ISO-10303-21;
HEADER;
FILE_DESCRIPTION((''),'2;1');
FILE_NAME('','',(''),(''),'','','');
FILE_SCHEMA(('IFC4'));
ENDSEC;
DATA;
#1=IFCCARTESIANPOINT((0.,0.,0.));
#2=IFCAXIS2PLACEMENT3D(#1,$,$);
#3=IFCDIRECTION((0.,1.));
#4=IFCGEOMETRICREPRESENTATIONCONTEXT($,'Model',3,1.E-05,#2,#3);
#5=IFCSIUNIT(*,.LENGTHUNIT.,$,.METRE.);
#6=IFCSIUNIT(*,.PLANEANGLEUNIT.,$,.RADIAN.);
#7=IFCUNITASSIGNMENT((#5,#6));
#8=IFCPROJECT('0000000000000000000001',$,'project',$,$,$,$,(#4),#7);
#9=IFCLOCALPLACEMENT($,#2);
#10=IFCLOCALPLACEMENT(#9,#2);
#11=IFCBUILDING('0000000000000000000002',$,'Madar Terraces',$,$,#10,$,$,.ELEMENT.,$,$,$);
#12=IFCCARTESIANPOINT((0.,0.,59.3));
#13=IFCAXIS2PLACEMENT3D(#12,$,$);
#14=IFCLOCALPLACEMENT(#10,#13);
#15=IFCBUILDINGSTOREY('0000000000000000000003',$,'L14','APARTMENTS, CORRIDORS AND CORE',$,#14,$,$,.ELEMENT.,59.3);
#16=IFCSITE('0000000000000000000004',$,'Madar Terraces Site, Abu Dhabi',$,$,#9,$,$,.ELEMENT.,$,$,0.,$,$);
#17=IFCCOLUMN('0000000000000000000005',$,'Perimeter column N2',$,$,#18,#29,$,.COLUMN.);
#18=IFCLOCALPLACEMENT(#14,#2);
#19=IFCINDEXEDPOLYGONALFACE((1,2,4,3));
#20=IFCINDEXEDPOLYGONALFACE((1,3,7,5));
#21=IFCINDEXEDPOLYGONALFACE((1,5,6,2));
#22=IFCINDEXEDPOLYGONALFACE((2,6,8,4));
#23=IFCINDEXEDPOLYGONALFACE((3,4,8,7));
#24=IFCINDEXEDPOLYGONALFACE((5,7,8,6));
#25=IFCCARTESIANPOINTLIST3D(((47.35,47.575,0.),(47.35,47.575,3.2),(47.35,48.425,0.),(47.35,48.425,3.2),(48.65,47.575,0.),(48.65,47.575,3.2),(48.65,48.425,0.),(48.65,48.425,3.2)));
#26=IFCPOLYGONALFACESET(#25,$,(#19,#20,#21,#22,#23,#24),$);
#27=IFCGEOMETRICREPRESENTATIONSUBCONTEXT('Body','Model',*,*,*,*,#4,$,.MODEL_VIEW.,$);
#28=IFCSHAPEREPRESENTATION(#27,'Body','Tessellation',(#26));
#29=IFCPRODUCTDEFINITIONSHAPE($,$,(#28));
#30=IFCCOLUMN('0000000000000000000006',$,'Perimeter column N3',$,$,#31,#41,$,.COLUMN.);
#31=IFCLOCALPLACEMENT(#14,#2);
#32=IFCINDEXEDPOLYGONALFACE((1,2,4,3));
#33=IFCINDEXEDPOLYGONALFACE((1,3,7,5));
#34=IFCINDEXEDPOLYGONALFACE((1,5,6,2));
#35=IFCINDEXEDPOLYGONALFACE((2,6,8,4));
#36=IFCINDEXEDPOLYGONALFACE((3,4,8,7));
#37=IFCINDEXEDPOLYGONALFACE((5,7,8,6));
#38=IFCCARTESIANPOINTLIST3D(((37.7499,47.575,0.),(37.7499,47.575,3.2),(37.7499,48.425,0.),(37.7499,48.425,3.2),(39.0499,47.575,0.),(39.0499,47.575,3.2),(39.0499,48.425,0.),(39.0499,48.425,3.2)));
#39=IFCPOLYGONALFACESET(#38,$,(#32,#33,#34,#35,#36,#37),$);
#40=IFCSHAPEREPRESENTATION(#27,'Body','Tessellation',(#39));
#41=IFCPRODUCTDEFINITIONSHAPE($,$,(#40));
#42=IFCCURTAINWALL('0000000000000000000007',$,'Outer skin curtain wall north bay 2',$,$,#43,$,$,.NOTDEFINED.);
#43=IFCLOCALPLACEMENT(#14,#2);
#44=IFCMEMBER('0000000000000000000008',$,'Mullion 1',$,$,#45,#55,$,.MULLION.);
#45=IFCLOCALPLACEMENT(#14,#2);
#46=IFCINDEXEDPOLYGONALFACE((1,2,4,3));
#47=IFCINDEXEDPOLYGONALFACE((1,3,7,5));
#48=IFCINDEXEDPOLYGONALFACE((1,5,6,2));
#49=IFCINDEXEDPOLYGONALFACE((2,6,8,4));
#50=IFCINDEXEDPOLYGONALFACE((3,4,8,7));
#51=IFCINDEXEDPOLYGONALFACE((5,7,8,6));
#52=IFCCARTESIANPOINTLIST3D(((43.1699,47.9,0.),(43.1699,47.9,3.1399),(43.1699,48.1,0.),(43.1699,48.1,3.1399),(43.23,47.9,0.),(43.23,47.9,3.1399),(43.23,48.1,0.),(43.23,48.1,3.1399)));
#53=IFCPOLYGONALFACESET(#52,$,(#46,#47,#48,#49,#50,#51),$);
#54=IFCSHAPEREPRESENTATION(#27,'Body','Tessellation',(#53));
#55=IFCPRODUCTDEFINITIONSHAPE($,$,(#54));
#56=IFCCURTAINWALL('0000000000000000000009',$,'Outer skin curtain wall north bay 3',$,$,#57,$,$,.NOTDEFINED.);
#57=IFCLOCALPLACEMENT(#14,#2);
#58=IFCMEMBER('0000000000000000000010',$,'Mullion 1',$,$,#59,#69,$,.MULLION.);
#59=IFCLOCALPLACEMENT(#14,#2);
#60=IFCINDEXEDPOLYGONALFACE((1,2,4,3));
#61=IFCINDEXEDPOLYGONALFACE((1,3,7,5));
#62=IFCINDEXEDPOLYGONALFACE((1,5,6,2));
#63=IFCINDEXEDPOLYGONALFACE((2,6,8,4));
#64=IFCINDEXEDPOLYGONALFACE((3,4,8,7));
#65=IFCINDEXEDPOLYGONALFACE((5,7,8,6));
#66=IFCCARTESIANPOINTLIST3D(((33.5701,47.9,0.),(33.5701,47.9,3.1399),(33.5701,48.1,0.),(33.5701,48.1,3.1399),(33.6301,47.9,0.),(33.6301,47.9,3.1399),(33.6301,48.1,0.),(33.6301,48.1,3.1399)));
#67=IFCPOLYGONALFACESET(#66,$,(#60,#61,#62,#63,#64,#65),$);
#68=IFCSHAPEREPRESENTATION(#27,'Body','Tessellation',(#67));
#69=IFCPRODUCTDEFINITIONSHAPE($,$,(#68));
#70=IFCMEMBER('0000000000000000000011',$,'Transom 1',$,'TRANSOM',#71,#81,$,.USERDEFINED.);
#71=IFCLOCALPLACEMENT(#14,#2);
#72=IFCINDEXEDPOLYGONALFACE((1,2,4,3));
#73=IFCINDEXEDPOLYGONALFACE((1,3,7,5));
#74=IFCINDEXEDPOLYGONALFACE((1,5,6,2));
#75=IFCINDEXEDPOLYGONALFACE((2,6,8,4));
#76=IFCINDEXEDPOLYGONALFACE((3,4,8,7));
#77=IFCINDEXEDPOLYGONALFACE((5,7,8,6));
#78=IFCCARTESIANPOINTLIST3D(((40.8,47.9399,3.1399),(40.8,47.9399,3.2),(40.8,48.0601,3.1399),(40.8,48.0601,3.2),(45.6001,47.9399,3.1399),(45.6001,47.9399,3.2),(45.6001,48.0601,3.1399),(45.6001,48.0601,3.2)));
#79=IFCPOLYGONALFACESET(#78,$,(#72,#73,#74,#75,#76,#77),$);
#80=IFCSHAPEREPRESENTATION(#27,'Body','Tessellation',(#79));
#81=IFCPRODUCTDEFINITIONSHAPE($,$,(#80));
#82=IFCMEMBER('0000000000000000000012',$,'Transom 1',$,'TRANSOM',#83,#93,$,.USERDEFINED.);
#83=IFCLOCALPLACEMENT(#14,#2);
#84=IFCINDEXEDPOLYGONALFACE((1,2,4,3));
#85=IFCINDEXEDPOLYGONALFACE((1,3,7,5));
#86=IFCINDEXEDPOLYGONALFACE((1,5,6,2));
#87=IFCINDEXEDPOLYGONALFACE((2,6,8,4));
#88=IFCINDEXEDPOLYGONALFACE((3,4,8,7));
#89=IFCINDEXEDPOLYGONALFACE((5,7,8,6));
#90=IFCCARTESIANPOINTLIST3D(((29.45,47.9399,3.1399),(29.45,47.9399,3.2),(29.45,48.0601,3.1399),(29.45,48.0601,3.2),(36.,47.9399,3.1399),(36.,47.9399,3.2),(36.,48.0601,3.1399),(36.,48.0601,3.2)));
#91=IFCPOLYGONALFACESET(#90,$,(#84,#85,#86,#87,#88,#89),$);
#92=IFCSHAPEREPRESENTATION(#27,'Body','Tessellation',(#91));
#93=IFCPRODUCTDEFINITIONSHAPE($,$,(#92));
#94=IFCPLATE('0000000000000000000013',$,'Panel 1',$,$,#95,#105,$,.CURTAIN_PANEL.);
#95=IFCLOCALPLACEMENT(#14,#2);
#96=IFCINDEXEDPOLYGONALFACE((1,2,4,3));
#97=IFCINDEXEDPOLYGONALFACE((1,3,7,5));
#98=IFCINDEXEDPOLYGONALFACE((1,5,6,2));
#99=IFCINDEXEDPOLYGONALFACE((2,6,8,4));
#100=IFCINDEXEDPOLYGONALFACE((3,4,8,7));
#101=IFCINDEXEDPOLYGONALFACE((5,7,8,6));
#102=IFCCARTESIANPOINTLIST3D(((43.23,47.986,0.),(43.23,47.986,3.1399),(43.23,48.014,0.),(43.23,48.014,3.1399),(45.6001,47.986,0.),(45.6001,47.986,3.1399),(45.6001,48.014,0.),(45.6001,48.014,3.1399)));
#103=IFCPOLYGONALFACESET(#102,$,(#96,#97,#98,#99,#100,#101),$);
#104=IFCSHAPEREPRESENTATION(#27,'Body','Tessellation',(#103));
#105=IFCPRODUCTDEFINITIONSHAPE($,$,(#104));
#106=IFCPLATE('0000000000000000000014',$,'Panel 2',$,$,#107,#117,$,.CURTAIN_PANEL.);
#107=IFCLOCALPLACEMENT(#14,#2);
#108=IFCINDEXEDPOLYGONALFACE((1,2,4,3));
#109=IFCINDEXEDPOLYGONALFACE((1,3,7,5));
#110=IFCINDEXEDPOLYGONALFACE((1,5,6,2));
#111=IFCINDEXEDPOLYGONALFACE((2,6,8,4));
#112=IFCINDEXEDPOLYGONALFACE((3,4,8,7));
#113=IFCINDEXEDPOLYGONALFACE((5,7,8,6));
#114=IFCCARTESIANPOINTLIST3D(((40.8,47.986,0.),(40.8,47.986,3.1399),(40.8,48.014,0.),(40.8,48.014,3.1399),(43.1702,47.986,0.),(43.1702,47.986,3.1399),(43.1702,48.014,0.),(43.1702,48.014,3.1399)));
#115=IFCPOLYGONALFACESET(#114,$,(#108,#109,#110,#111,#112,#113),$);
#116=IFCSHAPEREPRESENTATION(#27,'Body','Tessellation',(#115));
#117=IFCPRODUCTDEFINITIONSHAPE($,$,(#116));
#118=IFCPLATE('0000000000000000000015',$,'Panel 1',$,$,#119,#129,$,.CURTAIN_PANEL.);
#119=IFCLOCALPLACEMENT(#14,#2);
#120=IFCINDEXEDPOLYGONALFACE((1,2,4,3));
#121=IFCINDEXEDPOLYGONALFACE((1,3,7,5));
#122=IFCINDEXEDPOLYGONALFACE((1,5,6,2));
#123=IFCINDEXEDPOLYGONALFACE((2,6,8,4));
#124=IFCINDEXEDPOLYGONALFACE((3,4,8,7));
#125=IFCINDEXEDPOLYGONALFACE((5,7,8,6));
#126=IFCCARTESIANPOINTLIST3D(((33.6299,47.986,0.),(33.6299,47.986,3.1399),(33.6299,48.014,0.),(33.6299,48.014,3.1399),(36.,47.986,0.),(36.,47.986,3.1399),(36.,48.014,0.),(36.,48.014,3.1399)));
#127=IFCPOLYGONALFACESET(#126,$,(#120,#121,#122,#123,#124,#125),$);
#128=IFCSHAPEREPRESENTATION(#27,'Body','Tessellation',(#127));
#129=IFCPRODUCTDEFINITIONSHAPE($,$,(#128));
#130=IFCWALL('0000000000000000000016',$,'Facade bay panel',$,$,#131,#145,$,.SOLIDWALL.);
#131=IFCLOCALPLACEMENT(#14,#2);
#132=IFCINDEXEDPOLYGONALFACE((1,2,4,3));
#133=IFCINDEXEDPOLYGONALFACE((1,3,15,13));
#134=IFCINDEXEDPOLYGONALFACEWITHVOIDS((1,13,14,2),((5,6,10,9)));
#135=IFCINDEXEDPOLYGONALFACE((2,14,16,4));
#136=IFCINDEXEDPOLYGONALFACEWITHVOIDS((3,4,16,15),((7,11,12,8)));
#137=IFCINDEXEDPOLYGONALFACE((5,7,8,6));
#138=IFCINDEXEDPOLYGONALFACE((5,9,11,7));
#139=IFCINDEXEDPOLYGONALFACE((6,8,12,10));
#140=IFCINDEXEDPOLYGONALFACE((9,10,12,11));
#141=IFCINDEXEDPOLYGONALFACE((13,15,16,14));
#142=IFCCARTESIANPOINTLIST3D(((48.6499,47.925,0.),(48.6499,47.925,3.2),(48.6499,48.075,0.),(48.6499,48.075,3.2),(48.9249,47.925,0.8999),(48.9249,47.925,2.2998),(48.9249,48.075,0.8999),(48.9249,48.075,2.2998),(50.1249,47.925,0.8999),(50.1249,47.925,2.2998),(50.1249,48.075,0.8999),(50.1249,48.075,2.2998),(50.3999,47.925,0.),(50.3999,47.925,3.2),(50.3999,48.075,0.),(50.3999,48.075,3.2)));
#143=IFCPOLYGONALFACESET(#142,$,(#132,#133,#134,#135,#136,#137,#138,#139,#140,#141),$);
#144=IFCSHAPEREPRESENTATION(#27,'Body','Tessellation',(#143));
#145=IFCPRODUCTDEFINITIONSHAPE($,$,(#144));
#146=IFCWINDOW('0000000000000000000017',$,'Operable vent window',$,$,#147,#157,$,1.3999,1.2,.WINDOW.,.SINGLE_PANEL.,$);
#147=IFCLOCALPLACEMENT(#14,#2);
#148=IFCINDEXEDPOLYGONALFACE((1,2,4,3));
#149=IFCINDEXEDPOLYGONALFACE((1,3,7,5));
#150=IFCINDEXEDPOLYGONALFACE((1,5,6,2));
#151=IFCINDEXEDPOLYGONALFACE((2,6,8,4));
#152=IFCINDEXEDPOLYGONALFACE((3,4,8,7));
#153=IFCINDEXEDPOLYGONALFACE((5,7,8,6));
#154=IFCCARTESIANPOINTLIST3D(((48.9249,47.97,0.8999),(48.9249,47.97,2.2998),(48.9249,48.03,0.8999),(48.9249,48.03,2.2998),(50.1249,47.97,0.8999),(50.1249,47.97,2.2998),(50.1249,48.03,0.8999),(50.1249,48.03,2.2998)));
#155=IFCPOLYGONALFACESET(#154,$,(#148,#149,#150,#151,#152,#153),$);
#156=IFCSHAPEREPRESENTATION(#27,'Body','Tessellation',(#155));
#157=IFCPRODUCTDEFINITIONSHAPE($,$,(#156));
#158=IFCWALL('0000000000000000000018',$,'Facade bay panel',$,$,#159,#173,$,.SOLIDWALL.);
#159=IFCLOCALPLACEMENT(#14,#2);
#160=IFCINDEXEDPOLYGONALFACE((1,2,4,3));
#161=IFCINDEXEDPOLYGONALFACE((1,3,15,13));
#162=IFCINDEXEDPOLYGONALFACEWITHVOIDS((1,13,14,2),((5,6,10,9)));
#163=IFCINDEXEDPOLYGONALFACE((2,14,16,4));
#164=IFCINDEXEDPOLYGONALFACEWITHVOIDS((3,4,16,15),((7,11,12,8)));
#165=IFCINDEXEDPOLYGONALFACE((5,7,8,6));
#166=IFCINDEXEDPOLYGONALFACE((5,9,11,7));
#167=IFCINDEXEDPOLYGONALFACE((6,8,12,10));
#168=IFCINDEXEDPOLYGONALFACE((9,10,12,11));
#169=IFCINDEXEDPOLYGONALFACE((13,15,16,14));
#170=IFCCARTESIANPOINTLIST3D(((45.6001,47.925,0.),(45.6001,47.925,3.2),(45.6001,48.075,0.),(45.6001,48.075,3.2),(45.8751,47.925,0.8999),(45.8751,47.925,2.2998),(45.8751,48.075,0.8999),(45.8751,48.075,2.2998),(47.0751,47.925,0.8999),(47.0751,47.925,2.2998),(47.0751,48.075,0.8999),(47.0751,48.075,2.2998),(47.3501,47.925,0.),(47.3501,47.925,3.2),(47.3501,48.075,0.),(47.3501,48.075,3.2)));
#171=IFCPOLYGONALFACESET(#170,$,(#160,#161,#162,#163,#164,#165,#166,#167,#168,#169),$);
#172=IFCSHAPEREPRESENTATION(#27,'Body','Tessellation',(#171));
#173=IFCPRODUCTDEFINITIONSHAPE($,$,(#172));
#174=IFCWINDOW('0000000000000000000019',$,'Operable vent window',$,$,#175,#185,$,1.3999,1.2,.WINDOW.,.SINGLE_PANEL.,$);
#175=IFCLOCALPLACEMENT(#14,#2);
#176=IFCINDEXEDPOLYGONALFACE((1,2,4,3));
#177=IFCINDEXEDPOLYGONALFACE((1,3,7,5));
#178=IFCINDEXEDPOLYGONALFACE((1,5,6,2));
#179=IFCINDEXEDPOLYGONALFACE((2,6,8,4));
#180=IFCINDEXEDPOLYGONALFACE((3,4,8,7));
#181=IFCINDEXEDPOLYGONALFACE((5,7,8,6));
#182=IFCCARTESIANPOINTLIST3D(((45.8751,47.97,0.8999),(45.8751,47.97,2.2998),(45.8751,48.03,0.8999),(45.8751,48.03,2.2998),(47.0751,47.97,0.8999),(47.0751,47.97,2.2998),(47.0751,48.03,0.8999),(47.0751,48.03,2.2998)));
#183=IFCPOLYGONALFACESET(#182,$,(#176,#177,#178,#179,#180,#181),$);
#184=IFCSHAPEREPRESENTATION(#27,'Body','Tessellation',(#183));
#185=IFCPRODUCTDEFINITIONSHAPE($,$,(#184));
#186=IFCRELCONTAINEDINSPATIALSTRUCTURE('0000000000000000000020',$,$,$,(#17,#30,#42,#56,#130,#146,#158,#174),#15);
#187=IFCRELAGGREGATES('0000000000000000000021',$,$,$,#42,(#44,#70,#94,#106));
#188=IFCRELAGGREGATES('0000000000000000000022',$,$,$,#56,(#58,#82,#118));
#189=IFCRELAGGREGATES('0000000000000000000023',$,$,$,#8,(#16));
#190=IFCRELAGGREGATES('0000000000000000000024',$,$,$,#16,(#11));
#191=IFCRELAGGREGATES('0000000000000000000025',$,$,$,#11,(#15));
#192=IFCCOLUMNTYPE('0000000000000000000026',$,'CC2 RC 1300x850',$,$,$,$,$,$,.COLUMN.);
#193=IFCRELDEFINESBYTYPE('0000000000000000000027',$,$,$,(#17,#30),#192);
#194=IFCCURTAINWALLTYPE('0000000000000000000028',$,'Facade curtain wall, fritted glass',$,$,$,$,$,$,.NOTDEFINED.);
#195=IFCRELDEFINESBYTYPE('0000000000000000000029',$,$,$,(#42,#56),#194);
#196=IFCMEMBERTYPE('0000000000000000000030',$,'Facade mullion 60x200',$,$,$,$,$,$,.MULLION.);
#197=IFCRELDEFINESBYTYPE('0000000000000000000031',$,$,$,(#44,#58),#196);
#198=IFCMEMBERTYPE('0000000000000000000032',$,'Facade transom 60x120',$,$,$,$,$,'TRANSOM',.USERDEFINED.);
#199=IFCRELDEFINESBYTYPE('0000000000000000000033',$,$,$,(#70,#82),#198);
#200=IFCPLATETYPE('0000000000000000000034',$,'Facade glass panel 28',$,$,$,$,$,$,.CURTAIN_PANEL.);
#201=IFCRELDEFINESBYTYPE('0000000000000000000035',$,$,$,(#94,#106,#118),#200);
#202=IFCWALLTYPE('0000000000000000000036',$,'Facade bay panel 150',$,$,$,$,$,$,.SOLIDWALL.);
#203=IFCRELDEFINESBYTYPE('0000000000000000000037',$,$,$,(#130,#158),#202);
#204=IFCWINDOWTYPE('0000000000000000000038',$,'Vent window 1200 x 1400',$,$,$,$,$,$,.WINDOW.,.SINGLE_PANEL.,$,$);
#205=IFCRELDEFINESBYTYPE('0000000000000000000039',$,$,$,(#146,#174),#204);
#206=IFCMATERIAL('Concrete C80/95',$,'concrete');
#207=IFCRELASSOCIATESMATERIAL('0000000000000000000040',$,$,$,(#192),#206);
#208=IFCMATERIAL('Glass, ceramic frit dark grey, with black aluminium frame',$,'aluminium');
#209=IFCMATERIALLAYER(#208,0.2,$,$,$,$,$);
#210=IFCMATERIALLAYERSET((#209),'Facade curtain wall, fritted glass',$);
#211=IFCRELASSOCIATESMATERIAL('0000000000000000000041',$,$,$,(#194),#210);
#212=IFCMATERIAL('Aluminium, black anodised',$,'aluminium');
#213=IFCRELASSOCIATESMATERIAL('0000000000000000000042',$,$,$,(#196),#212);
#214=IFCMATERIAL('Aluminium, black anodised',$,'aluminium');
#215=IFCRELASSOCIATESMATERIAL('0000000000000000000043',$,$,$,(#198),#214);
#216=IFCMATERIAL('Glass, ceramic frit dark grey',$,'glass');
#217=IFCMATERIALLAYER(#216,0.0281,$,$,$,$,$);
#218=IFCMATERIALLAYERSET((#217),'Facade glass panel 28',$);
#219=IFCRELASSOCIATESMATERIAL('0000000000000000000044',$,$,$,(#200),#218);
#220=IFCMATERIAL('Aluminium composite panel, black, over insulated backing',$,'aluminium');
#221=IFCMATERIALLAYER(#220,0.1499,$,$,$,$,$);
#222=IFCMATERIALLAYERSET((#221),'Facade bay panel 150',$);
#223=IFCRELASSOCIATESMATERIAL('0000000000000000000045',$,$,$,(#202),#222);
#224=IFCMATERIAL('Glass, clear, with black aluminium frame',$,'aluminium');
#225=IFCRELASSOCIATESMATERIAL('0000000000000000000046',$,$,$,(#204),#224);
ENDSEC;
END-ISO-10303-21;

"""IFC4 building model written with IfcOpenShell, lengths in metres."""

from ifc_helpers import new_model, si_unit, direction, frame, frame_2d, origin, origin_2d, place, context, subcontext, project, spatial, rectangle, extrude, material, layer, layer_set, material_profile, profile_set, type_object, element, fill, aggregate, save


model = new_model("IFC4")

# Units and contexts
model_context = context("Model", 3, precision=1e-05, world=origin(), true_north=direction((0.0, 1.0)))
body_context = subcontext(model_context, "Body", "Model", "MODEL_VIEW")
ifc_project = project(units=[si_unit("LENGTHUNIT", "METRE"), si_unit("PLANEANGLEUNIT", "RADIAN")], contexts=[model_context])

# Site, building, storey
site_placement = place(None, origin())
site = spatial("IfcSite", under=ifc_project, at=site_placement, Name="Madar Terraces Site, Abu Dhabi", CompositionType="ELEMENT", RefElevation=0.0)
building_placement = place(site_placement, origin())
building = spatial("IfcBuilding", under=site, at=building_placement, Name="Madar Terraces", CompositionType="ELEMENT")
storey_placement = place(building_placement, frame((0.0, 0.0, 59.3)))
storey = spatial("IfcBuildingStorey", under=building, at=storey_placement, Name="L14", Description="APARTMENTS, CORRIDORS AND CORE", CompositionType="ELEMENT", Elevation=59.3)

# Columns
ifc_material_1 = material(Name="Concrete C80/95", Category="concrete")
ifc_material_profile_1 = material_profile(ifc_material_1, rectangle(XDim=1.3, YDim=0.8501, at=origin_2d()), Name="CC2 RC 1300x850")
ifc_profile_set_1 = profile_set([ifc_material_profile_1], Name="Concrete C80/95")
column_type = type_object("IfcColumnType", Name="CC2 RC 1300x850", PredefinedType="COLUMN", material=ifc_profile_set_1)
for number, where, z_axis, x_axis, name in (
    (1, (48.0, 48.0, 0.0), (0.0, 0.0, 1.0), (1.0, 0.0, 0.0), "Perimeter column N2"),
    (2, (38.3999, 48.0, 0.0), (0.0, 0.0, 1.0), (1.0, 0.0, 0.0), "Perimeter column N3"),
):
    element("IfcColumn", number, at=place(storey_placement, frame(where, z_axis=z_axis, x_axis=x_axis)), inside=storey, type_object=column_type, Name=name, PredefinedType="COLUMN", context=body_context, shape_type="SweptSolid", body=[
        extrude(rectangle(XDim=1.3, YDim=0.8501, at=origin_2d()), origin(), (0.0, 0.0, 1.0), 3.2),
    ])

# Curtain walls, members
ifc_material_2 = material(Name="Glass, ceramic frit dark grey, with black aluminium frame", Category="aluminium")
ifc_layer_1 = layer(ifc_material_2, 0.2)
ifc_layer_set_1 = layer_set([ifc_layer_1], Name="Facade curtain wall, fritted glass")
curtain_wall_type = type_object("IfcCurtainWallType", Name="Facade curtain wall, fritted glass", PredefinedType="NOTDEFINED", material=ifc_layer_set_1)
curtain_wall_1_placement = place(storey_placement, origin())
curtain_wall_1 = element("IfcCurtainWall", 3, at=curtain_wall_1_placement, inside=storey, type_object=curtain_wall_type, Name="Outer skin curtain wall north bay 2", PredefinedType="NOTDEFINED")
ifc_material_3 = material(Name="Aluminium, black anodised", Category="aluminium")
ifc_material_profile_2 = material_profile(ifc_material_3, rectangle(XDim=0.2, YDim=0.0601, at=origin_2d()), Name="Facade mullion 60x200")
ifc_profile_set_2 = profile_set([ifc_material_profile_2], Name="Aluminium, black anodised")
member_type_1 = type_object("IfcMemberType", Name="Facade mullion 60x200", PredefinedType="MULLION", material=ifc_profile_set_2)
member_1_placement = place(storey_placement, frame((43.2, 48.0, 0.0), z_axis=(0.0, 0.0, 1.0), x_axis=(0.0, -1.0, 0.0)))
member_1 = element("IfcMember", 4, at=member_1_placement, type_object=member_type_1, Name="Mullion 1", PredefinedType="MULLION", context=body_context, shape_type="SweptSolid", body=[
    extrude(rectangle(XDim=0.2, YDim=0.0601, at=origin_2d()), origin(), (0.0, 0.0, 1.0), 3.1399),
])
curtain_wall_2_placement = place(storey_placement, origin())
curtain_wall_2 = element("IfcCurtainWall", 5, at=curtain_wall_2_placement, inside=storey, type_object=curtain_wall_type, Name="Outer skin curtain wall north bay 3", PredefinedType="NOTDEFINED")
member_2_placement = place(storey_placement, frame((33.6001, 48.0, 0.0), z_axis=(0.0, 0.0, 1.0), x_axis=(0.0, -1.0, 0.0)))
member_2 = element("IfcMember", 6, at=member_2_placement, type_object=member_type_1, Name="Mullion 1", PredefinedType="MULLION", context=body_context, shape_type="SweptSolid", body=[
    extrude(rectangle(XDim=0.2, YDim=0.0601, at=origin_2d()), origin(), (0.0, 0.0, 1.0), 3.1399),
])

# Members
ifc_material_4 = material(Name="Aluminium, black anodised", Category="aluminium")
ifc_material_profile_3 = material_profile(ifc_material_4, rectangle(XDim=0.1201, YDim=0.0601, at=origin_2d()), Name="Facade transom 60x120")
ifc_profile_set_3 = profile_set([ifc_material_profile_3], Name="Aluminium, black anodised")
member_type_2 = type_object("IfcMemberType", Name="Facade transom 60x120", ElementType="TRANSOM", PredefinedType="USERDEFINED", material=ifc_profile_set_3)
member_3_placement = place(storey_placement, frame((45.6001, 48.0, 3.1699), z_axis=(-1.0, 0.0, 0.0), x_axis=(0.0, -1.0, 0.0)))
member_3 = element("IfcMember", 7, at=member_3_placement, type_object=member_type_2, Name="Transom 1", ObjectType="TRANSOM", PredefinedType="USERDEFINED", context=body_context, shape_type="SweptSolid", body=[
    extrude(rectangle(XDim=0.1201, YDim=0.0601, at=origin_2d()), origin(), (0.0, 0.0, 1.0), 4.8),
])
member_4_placement = place(storey_placement, frame((36.0, 48.0, 3.1699), z_axis=(-1.0, 0.0, 0.0), x_axis=(0.0, -1.0, 0.0)))
member_4 = element("IfcMember", 8, at=member_4_placement, type_object=member_type_2, Name="Transom 1", ObjectType="TRANSOM", PredefinedType="USERDEFINED", context=body_context, shape_type="SweptSolid", body=[
    extrude(rectangle(XDim=0.1201, YDim=0.0601, at=origin_2d()), origin(), (0.0, 0.0, 1.0), 6.55),
])

# Plates
ifc_material_5 = material(Name="Glass, ceramic frit dark grey", Category="glass")
ifc_layer_2 = layer(ifc_material_5, 0.0281)
ifc_layer_set_2 = layer_set([ifc_layer_2], Name="Facade glass panel 28")
plate_type = type_object("IfcPlateType", Name="Facade glass panel 28", PredefinedType="CURTAIN_PANEL", material=ifc_layer_set_2)
plate_1_placement = place(storey_placement, frame((44.415, 48.0, 0.0), z_axis=(0.0, 0.0, 1.0), x_axis=(-1.0, 0.0, 0.0)))
plate_1 = element("IfcPlate", 9, at=plate_1_placement, type_object=plate_type, Name="Panel 1", PredefinedType="CURTAIN_PANEL", context=body_context, shape_type="SweptSolid", body=[
    extrude(rectangle(XDim=2.3701, YDim=0.0281, at=origin_2d()), origin(), (0.0, 0.0, 1.0), 3.1399),
])
plate_2_placement = place(storey_placement, frame((41.9851, 48.0, 0.0), z_axis=(0.0, 0.0, 1.0), x_axis=(-1.0, 0.0, 0.0)))
plate_2 = element("IfcPlate", 10, at=plate_2_placement, type_object=plate_type, Name="Panel 2", PredefinedType="CURTAIN_PANEL", context=body_context, shape_type="SweptSolid", body=[
    extrude(rectangle(XDim=2.3701, YDim=0.0281, at=origin_2d()), origin(), (0.0, 0.0, 1.0), 3.1399),
])
aggregate(curtain_wall_1, [member_1, member_3, plate_1, plate_2])
plate_3_placement = place(storey_placement, frame((34.8149, 48.0, 0.0), z_axis=(0.0, 0.0, 1.0), x_axis=(-1.0, 0.0, 0.0)))
plate_3 = element("IfcPlate", 11, at=plate_3_placement, type_object=plate_type, Name="Panel 1", PredefinedType="CURTAIN_PANEL", context=body_context, shape_type="SweptSolid", body=[
    extrude(rectangle(XDim=2.3701, YDim=0.0281, at=origin_2d()), origin(), (0.0, 0.0, 1.0), 3.1399),
])
aggregate(curtain_wall_2, [member_2, member_4, plate_3])

# Walls, openings, windows
ifc_material_6 = material(Name="Aluminium composite panel, black, over insulated backing", Category="aluminium")
ifc_layer_3 = layer(ifc_material_6, 0.1499)
ifc_layer_set_3 = layer_set([ifc_layer_3], Name="Facade bay panel 150")
wall_type_1 = type_object("IfcWallType", Name="Facade bay panel 150", PredefinedType="SOLIDWALL", material=ifc_layer_set_3)
wall_1_placement = place(storey_placement, frame((50.3999, 48.0, 0.0), z_axis=(0.0, 0.0, 1.0), x_axis=(-1.0, 0.0, 0.0)))
wall_1 = element("IfcWall", 12, at=wall_1_placement, inside=storey, type_object=wall_type_1, Name="Facade bay panel", PredefinedType="SOLIDWALL", context=body_context, shape_type="SweptSolid", body=[
    extrude(rectangle(XDim=1.75, YDim=0.1499, at=frame_2d((0.875, 0.0))), origin(), (0.0, 0.0, 1.0), 3.2),
])
opening_1_placement = place(wall_1_placement, frame((0.2749, 0.0, 0.8999)))
opening_1 = element("IfcOpeningElement", 13, at=opening_1_placement, cuts=wall_1, PredefinedType="OPENING", context=body_context, shape_type="SweptSolid", body=[
    extrude(rectangle(XDim=1.2, YDim=1.3999, at=frame_2d((0.6001, 0.7))), frame((0.0, 0.085, 0.0), z_axis=(0.0, -1.0, 0.0), x_axis=(1.0, 0.0, 0.0)), (0.0, 0.0, 1.0), 0.1699),
])
ifc_material_7 = material(Name="Glass, clear, with black aluminium frame", Category="aluminium")
window_type = type_object("IfcWindowType", Name="Vent window 1200 x 1400", PartitioningType="SINGLE_PANEL", PredefinedType="WINDOW", material=ifc_material_7)
window_1_placement = place(opening_1_placement, origin())
window_1 = element("IfcWindow", 14, at=window_1_placement, inside=storey, type_object=window_type, Name="Operable vent window", OverallHeight=1.3999, OverallWidth=1.2, PartitioningType="SINGLE_PANEL", PredefinedType="WINDOW", context=body_context, shape_type="SweptSolid", body=[
    extrude(rectangle(XDim=1.2, YDim=1.3999, at=frame_2d((0.6001, 0.7))), frame((0.0, 0.03, 0.0), z_axis=(0.0, -1.0, 0.0), x_axis=(1.0, 0.0, 0.0)), (0.0, 0.0, 1.0), 0.0601),
])
fill(opening_1, window_1)
wall_2_placement = place(storey_placement, frame((47.3501, 48.0, 0.0), z_axis=(0.0, 0.0, 1.0), x_axis=(-1.0, 0.0, 0.0)))
wall_2 = element("IfcWall", 15, at=wall_2_placement, inside=storey, type_object=wall_type_1, Name="Facade bay panel", PredefinedType="SOLIDWALL", context=body_context, shape_type="SweptSolid", body=[
    extrude(rectangle(XDim=1.75, YDim=0.1499, at=frame_2d((0.875, 0.0))), origin(), (0.0, 0.0, 1.0), 3.2),
])
opening_2_placement = place(wall_2_placement, frame((0.2749, 0.0, 0.8999)))
opening_2 = element("IfcOpeningElement", 16, at=opening_2_placement, cuts=wall_2, PredefinedType="OPENING", context=body_context, shape_type="SweptSolid", body=[
    extrude(rectangle(XDim=1.2, YDim=1.3999, at=frame_2d((0.6001, 0.7))), frame((0.0, 0.085, 0.0), z_axis=(0.0, -1.0, 0.0), x_axis=(1.0, 0.0, 0.0)), (0.0, 0.0, 1.0), 0.1699),
])
window_2_placement = place(opening_2_placement, origin())
window_2 = element("IfcWindow", 17, at=window_2_placement, inside=storey, type_object=window_type, Name="Operable vent window", OverallHeight=1.3999, OverallWidth=1.2, PartitioningType="SINGLE_PANEL", PredefinedType="WINDOW", context=body_context, shape_type="SweptSolid", body=[
    extrude(rectangle(XDim=1.2, YDim=1.3999, at=frame_2d((0.6001, 0.7))), frame((0.0, 0.03, 0.0), z_axis=(0.0, -1.0, 0.0), x_axis=(1.0, 0.0, 0.0)), (0.0, 0.0, 1.0), 0.0601),
])
fill(opening_2, window_2)

save(model, "model.ifc")
